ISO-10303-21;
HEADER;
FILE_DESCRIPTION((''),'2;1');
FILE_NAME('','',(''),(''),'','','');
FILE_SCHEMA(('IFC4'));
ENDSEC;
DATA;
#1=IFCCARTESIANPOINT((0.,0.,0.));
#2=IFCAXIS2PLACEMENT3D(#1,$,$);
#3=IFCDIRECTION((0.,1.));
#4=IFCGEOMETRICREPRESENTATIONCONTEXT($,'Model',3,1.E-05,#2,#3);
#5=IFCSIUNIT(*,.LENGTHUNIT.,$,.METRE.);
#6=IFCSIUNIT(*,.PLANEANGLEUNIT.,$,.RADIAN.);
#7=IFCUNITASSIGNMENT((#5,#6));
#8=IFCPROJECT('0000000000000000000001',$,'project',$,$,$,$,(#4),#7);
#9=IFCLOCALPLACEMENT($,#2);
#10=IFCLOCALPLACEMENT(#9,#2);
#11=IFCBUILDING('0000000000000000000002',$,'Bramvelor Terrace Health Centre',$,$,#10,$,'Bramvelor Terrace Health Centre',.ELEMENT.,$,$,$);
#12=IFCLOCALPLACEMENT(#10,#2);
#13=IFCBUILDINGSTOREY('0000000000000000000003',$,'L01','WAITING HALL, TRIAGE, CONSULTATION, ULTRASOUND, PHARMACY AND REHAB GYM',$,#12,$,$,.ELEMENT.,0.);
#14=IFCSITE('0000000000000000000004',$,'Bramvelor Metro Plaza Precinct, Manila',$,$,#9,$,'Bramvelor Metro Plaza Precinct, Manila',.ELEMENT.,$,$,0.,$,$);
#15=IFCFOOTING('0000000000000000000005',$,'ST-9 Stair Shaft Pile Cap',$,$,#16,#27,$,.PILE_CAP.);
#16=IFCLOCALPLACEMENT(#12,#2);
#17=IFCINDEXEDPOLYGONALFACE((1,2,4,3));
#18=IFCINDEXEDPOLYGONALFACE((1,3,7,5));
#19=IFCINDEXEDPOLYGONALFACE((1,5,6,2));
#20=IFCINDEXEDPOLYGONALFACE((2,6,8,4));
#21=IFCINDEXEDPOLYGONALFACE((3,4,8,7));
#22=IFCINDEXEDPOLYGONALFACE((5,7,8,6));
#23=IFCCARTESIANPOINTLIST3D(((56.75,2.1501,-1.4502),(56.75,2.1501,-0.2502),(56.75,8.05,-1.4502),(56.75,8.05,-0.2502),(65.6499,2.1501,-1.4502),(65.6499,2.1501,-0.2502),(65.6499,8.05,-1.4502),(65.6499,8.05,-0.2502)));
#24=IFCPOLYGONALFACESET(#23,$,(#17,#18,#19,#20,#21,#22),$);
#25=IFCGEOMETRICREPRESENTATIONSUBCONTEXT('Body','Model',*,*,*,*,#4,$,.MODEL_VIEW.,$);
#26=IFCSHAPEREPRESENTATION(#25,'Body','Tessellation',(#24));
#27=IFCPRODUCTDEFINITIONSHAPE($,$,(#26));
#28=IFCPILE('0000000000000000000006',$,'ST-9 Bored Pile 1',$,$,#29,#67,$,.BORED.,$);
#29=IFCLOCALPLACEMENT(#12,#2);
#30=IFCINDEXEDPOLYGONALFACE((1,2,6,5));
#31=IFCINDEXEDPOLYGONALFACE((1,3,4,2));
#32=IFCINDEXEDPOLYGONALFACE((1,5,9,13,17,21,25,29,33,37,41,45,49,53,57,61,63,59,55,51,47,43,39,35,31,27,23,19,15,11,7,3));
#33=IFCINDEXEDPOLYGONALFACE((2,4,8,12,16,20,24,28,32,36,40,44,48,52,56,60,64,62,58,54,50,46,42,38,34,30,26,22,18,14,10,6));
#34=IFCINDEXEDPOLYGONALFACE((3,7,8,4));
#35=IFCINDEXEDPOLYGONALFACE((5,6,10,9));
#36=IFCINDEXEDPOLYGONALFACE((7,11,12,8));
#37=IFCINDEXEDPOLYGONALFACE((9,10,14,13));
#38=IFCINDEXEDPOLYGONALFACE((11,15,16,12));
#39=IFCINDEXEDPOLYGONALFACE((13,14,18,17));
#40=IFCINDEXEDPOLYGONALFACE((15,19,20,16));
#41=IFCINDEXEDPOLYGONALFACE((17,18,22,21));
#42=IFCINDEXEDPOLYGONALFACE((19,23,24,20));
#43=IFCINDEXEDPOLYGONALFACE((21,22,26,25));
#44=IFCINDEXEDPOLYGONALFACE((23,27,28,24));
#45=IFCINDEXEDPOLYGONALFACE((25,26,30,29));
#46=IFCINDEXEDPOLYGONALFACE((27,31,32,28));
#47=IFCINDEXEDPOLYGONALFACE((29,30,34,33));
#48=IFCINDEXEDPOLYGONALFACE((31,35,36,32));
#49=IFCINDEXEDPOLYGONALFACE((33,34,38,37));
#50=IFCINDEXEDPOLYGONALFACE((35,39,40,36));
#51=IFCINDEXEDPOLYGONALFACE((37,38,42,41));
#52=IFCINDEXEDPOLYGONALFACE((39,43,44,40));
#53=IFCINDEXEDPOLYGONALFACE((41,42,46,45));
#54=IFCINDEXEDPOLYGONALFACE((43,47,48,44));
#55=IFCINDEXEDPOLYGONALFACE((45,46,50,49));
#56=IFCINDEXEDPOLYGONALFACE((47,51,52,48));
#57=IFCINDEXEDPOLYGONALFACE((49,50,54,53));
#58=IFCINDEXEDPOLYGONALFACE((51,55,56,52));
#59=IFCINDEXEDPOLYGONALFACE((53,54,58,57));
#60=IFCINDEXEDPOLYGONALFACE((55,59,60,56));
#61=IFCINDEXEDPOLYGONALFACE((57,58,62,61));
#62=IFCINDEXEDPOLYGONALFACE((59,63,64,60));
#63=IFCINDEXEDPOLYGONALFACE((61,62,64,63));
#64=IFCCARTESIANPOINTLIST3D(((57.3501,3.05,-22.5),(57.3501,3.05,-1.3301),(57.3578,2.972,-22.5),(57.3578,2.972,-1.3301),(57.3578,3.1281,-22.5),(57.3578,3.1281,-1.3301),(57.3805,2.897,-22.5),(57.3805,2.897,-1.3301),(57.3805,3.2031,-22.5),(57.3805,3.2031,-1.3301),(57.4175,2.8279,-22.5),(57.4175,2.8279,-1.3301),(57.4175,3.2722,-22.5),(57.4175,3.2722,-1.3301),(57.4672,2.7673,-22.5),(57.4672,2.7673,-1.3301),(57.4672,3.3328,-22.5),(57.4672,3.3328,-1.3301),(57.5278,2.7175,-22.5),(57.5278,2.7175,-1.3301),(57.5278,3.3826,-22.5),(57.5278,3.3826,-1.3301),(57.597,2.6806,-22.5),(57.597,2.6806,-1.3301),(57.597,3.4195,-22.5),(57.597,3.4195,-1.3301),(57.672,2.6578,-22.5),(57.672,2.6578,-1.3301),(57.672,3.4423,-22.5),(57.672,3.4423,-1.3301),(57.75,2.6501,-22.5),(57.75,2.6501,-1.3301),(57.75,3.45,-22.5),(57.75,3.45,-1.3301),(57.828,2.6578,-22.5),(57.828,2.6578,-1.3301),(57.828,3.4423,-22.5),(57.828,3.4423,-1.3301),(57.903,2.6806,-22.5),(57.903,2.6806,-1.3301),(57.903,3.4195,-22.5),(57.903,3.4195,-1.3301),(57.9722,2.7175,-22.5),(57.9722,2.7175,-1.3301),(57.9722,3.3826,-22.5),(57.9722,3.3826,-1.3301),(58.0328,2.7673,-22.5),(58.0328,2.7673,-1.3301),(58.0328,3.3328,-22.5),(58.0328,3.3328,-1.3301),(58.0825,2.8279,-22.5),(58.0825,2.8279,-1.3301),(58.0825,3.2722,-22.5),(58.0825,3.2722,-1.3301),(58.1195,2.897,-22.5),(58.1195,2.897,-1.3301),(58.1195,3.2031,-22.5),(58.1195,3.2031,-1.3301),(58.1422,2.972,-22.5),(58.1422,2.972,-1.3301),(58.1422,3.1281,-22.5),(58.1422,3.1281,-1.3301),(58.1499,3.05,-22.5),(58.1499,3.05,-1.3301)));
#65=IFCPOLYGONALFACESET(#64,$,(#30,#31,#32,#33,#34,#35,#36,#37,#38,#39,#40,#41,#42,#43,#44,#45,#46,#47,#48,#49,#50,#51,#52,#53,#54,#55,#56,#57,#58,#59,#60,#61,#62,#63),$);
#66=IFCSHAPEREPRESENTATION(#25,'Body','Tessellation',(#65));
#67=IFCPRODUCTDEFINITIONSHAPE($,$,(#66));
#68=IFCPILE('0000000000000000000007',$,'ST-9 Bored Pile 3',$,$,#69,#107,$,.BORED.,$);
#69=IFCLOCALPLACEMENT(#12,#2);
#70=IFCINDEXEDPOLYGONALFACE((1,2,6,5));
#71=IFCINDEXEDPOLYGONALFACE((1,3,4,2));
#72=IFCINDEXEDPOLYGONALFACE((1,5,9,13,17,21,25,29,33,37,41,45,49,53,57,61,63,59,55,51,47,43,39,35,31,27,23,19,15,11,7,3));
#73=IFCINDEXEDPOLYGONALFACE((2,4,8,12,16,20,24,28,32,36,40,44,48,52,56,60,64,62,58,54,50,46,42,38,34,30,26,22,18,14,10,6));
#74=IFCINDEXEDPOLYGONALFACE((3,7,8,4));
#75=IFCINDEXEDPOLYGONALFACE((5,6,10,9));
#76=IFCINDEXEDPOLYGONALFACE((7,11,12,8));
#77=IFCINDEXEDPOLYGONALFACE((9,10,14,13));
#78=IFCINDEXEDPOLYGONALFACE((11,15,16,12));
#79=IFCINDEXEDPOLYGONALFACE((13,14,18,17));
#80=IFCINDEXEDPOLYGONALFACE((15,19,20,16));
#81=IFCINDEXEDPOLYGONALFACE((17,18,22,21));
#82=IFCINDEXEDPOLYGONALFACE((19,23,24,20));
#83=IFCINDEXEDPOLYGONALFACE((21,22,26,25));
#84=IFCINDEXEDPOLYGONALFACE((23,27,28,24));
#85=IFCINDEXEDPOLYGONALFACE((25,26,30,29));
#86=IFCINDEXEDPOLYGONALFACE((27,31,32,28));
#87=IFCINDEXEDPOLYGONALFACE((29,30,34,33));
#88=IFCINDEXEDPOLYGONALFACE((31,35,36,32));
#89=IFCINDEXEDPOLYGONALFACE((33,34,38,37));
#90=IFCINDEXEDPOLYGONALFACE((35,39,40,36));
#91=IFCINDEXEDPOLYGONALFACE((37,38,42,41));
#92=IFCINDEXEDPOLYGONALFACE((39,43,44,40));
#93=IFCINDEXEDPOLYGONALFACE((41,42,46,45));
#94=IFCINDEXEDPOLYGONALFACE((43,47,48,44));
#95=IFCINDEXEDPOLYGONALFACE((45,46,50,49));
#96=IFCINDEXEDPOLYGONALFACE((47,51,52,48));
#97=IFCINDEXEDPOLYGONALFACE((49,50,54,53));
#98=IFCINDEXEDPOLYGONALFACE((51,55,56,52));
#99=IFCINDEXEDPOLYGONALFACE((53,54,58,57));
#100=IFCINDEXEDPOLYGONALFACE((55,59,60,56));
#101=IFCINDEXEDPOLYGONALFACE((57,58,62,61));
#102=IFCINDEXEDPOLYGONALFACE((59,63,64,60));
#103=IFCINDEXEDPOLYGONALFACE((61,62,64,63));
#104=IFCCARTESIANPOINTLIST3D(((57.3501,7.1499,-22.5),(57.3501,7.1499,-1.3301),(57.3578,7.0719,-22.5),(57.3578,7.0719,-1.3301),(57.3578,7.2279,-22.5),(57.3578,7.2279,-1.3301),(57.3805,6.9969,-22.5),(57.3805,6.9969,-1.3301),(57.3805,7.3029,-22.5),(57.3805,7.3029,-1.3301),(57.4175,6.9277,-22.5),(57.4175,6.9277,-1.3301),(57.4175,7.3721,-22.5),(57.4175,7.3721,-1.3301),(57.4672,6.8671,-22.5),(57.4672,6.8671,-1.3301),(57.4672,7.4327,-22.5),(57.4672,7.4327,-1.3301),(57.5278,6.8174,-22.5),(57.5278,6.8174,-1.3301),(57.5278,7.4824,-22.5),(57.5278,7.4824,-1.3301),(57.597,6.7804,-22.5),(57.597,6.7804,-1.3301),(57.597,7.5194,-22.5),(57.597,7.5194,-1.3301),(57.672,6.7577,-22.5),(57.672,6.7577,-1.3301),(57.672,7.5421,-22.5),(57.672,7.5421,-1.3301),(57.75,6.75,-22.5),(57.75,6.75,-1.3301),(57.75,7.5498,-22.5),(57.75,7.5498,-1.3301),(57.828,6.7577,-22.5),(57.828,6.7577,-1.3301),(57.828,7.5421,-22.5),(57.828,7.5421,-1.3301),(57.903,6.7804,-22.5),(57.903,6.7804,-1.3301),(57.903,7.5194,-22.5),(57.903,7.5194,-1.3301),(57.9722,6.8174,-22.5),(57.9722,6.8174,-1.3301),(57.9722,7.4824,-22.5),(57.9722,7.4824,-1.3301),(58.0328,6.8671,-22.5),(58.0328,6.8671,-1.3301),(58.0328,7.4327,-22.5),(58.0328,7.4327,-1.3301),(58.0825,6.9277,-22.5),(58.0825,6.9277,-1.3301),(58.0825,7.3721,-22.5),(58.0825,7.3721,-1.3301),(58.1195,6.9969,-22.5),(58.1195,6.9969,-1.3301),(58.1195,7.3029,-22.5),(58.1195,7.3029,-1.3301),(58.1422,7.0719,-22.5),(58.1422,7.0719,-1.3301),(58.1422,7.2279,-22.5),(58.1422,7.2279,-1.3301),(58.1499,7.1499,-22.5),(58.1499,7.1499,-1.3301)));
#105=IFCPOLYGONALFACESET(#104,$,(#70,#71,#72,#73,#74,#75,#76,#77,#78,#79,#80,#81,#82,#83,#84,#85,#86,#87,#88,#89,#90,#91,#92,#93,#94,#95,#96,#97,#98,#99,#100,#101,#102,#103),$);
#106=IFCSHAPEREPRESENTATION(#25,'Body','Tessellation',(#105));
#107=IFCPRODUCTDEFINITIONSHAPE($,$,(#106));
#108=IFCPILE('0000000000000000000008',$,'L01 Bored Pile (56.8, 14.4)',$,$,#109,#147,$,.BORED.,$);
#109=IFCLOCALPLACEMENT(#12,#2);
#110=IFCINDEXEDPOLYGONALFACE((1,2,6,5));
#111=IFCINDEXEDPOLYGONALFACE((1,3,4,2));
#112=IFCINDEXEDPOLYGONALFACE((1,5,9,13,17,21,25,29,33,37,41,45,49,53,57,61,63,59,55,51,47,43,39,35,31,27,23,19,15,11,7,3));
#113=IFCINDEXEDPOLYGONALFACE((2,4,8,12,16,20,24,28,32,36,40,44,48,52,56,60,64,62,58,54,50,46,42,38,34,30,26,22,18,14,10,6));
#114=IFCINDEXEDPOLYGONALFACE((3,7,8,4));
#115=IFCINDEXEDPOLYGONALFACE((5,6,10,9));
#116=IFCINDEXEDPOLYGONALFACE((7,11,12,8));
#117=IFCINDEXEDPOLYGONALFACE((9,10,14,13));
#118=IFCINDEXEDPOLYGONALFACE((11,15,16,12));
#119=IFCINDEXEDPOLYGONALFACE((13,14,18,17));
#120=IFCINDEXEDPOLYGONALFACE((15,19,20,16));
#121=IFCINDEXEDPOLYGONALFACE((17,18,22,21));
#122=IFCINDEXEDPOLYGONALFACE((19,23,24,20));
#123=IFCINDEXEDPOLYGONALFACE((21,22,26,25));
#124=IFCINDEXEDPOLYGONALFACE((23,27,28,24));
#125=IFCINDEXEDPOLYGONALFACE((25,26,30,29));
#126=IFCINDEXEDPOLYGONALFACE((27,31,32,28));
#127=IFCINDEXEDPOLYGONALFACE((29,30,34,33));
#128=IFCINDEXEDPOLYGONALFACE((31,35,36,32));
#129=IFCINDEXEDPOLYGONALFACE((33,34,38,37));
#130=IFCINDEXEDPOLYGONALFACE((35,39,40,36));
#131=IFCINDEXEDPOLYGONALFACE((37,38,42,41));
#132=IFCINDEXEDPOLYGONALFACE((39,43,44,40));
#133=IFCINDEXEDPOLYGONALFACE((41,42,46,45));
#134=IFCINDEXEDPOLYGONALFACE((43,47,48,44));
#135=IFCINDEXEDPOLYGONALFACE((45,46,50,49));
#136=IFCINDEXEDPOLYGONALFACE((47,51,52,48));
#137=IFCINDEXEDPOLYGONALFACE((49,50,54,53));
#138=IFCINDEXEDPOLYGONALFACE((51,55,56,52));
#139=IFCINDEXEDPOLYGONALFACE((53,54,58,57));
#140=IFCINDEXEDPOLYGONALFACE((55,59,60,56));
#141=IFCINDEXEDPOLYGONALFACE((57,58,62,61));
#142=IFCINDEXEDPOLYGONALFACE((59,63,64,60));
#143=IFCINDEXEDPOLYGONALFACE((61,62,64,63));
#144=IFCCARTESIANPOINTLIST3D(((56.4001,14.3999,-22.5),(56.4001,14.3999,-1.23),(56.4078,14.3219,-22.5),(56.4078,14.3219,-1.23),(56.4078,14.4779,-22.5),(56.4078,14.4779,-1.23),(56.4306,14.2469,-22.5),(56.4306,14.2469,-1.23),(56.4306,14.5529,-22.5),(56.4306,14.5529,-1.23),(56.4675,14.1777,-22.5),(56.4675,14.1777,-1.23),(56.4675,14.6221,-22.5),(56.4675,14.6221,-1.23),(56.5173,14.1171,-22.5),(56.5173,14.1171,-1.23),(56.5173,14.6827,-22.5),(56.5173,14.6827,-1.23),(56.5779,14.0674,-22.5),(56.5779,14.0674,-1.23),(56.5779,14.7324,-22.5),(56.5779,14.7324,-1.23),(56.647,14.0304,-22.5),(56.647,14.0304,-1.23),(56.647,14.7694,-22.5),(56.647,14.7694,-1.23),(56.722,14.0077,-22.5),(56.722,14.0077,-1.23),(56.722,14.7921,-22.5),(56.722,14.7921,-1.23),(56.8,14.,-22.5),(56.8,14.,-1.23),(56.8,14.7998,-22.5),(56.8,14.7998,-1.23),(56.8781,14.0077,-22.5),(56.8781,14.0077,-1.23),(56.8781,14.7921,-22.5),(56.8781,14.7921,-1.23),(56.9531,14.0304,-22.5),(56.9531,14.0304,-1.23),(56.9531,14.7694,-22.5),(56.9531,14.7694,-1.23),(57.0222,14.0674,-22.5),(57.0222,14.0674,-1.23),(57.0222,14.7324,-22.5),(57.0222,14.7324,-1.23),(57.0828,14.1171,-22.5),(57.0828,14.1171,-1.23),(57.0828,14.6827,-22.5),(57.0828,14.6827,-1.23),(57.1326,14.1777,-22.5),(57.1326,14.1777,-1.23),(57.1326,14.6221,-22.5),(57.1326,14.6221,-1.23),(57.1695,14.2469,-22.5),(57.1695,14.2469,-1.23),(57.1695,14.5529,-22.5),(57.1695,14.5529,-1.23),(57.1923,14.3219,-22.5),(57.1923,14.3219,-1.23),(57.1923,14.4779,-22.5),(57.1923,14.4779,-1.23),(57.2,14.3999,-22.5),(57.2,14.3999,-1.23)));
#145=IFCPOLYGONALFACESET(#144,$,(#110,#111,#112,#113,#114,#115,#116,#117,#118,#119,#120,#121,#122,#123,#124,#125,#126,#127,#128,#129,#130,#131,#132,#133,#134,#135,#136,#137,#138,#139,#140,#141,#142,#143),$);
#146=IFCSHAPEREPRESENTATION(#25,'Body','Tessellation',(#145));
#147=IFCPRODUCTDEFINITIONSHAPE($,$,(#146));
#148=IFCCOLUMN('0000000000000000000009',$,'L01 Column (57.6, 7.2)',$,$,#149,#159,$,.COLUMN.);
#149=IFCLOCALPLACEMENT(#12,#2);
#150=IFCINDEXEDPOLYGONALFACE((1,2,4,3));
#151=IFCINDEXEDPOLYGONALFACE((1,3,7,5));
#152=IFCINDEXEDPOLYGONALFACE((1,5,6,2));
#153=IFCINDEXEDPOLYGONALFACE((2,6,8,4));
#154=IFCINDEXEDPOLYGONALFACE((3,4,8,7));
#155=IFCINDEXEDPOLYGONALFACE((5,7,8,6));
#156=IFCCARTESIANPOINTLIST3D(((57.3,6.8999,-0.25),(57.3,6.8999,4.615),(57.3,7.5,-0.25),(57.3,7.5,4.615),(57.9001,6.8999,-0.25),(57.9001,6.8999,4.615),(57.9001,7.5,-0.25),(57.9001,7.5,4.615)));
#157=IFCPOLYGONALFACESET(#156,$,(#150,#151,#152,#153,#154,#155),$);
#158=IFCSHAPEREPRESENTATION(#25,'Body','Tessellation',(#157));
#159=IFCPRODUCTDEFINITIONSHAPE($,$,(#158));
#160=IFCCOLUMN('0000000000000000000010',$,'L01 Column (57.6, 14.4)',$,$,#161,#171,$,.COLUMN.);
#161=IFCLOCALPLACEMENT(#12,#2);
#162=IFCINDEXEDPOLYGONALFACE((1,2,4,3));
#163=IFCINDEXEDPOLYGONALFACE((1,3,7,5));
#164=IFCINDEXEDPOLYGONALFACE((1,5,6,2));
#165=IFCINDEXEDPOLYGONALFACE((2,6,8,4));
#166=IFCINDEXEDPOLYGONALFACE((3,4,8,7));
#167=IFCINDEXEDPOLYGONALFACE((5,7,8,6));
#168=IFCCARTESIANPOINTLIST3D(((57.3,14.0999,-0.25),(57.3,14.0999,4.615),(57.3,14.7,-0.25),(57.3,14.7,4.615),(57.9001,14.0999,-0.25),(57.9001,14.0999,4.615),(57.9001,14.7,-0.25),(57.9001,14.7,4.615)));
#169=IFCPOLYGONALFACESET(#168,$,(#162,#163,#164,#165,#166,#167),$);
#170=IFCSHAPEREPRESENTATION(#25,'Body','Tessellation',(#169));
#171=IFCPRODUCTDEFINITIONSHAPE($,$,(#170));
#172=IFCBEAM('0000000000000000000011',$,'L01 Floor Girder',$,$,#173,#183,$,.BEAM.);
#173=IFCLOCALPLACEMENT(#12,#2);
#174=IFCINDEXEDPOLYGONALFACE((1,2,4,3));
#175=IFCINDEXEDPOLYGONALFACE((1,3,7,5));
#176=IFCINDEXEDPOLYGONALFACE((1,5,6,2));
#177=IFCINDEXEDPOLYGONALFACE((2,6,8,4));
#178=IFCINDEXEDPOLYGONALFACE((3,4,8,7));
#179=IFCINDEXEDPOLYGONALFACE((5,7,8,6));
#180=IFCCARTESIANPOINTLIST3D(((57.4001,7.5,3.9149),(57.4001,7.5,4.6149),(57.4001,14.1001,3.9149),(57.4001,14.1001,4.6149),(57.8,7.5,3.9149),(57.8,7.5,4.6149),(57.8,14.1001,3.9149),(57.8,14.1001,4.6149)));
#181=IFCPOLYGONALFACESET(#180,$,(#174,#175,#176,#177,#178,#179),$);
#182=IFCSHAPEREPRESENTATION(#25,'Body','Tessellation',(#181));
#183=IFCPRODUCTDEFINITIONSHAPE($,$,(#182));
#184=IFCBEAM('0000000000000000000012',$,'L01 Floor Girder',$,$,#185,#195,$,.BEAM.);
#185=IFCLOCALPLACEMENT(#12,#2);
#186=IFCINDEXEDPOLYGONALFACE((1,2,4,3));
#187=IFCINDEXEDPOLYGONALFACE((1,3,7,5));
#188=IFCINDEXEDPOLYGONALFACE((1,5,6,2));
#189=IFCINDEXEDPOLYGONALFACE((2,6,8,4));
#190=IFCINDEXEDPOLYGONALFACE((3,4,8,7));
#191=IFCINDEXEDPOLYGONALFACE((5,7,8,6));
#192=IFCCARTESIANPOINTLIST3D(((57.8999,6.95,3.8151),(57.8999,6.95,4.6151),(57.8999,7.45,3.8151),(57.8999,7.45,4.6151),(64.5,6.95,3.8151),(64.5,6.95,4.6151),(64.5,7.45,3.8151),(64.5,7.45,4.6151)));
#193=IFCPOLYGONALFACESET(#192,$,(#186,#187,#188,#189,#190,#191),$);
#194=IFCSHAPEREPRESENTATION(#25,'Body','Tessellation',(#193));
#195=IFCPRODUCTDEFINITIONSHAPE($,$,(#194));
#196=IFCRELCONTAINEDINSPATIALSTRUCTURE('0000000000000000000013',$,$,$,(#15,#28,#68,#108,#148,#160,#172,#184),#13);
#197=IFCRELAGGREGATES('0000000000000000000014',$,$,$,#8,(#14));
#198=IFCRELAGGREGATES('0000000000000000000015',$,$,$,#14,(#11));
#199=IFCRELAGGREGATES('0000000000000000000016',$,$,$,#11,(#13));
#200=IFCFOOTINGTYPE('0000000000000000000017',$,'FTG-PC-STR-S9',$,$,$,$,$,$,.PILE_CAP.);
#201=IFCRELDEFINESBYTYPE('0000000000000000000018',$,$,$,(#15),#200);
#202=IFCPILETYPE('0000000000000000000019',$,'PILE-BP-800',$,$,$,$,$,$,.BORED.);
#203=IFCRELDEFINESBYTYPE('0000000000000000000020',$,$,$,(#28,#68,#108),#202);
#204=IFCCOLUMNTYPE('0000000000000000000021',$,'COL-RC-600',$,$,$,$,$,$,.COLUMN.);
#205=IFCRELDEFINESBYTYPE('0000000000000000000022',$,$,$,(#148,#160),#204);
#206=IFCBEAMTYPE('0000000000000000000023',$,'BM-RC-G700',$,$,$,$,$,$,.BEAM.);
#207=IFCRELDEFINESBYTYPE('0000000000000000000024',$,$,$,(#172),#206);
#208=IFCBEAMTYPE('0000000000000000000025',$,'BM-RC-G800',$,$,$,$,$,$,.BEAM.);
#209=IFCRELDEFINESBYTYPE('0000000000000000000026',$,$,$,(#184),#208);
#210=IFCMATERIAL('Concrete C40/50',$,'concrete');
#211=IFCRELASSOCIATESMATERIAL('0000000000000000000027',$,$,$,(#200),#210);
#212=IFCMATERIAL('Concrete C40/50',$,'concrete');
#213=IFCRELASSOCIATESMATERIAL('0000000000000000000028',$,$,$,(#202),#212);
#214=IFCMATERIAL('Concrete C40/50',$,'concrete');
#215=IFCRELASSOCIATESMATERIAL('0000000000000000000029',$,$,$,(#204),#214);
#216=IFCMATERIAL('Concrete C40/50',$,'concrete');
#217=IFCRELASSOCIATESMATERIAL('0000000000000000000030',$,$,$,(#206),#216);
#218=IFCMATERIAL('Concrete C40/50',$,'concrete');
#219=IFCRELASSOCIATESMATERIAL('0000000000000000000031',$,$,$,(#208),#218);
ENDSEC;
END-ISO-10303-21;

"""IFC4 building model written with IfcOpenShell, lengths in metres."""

from ifc_helpers import new_model, si_unit, direction, frame, origin, origin_2d, place, context, subcontext, project, spatial, rectangle, circle, extrude, material, material_profile, profile_set, type_object, element, save


model = new_model("IFC4")

# Units and contexts
model_context = context("Model", 3, precision=1e-05, world=origin(), true_north=direction((0.0, 1.0)))
body_context = subcontext(model_context, "Body", "Model", "MODEL_VIEW")
ifc_project = project(units=[si_unit("LENGTHUNIT", "METRE"), si_unit("PLANEANGLEUNIT", "RADIAN")], contexts=[model_context])

# Site, building, storey
site_placement = place(None, origin())
site = spatial("IfcSite", under=ifc_project, at=site_placement, Name="Bramvelor Metro Plaza Precinct, Manila", LongName="Bramvelor Metro Plaza Precinct, Manila", CompositionType="ELEMENT", RefElevation=0.0)
building_placement = place(site_placement, origin())
building = spatial("IfcBuilding", under=site, at=building_placement, Name="Bramvelor Terrace Health Centre", LongName="Bramvelor Terrace Health Centre", CompositionType="ELEMENT")
storey_placement = place(building_placement, origin())
storey = spatial("IfcBuildingStorey", under=building, at=storey_placement, Name="L01", Description="WAITING HALL, TRIAGE, CONSULTATION, ULTRASOUND, PHARMACY AND REHAB GYM", CompositionType="ELEMENT", Elevation=0.0)

# Footing
ifc_material_1 = material(Name="Concrete C40/50", Category="concrete")
footing_type = type_object("IfcFootingType", Name="FTG-PC-STR-S9", PredefinedType="PILE_CAP", material=ifc_material_1)
footing_placement = place(storey_placement, frame((61.2, 5.1001, -1.4502), z_axis=(0.0, 0.0, 1.0), x_axis=(1.0, 0.0, 0.0)))
element("IfcFooting", 1, at=footing_placement, inside=storey, type_object=footing_type, Name="ST-9 Stair Shaft Pile Cap", PredefinedType="PILE_CAP", context=body_context, shape_type="SweptSolid", body=[
    extrude(rectangle(XDim=8.8999, YDim=5.8999, at=origin_2d()), origin(), (0.0, 0.0, 1.0), 1.2),
])

# Piles
ifc_material_2 = material(Name="Concrete C40/50", Category="concrete")
ifc_material_profile_1 = material_profile(ifc_material_2, circle(Radius=0.3999, at=origin_2d()), Name="BP D800")
ifc_profile_set_1 = profile_set([ifc_material_profile_1], Name="Concrete C40/50")
pile_type = type_object("IfcPileType", Name="PILE-BP-800", PredefinedType="BORED", material=ifc_profile_set_1)
for number, where, z_axis, x_axis, name in (
    (2, (57.75, 3.05, -1.3301), (0.0, 0.0, -1.0), (1.0, 0.0, 0.0), "ST-9 Bored Pile 1"),
    (3, (57.75, 7.1499, -1.3301), (0.0, 0.0, -1.0), (1.0, 0.0, 0.0), "ST-9 Bored Pile 3"),
):
    element("IfcPile", number, at=place(storey_placement, frame(where, z_axis=z_axis, x_axis=x_axis)), inside=storey, type_object=pile_type, Name=name, PredefinedType="BORED", context=body_context, shape_type="SweptSolid", body=[
        extrude(circle(Radius=0.3999, at=origin_2d()), origin(), (0.0, 0.0, 1.0), 21.1699),
    ])
pile_placement = place(storey_placement, frame((56.8, 14.3999, -1.23), z_axis=(0.0, 0.0, -1.0), x_axis=(1.0, 0.0, 0.0)))
element("IfcPile", 4, at=pile_placement, inside=storey, type_object=pile_type, Name="L01 Bored Pile (56.8, 14.4)", PredefinedType="BORED", context=body_context, shape_type="SweptSolid", body=[
    extrude(circle(Radius=0.3999, at=origin_2d()), origin(), (0.0, 0.0, 1.0), 21.27),
])

# Columns
ifc_material_3 = material(Name="Concrete C40/50", Category="concrete")
ifc_material_profile_2 = material_profile(ifc_material_3, rectangle(XDim=0.6001, YDim=0.6001, at=origin_2d()), Name="RC 600x600")
ifc_profile_set_2 = profile_set([ifc_material_profile_2], Name="Concrete C40/50")
column_type = type_object("IfcColumnType", Name="COL-RC-600", PredefinedType="COLUMN", material=ifc_profile_set_2)
for number, where, z_axis, x_axis, name in (
    (5, (57.6001, 7.2, -0.25), (0.0, 0.0, 1.0), (1.0, 0.0, 0.0), "L01 Column (57.6, 7.2)"),
    (6, (57.6001, 14.3999, -0.25), (0.0, 0.0, 1.0), (1.0, 0.0, 0.0), "L01 Column (57.6, 14.4)"),
):
    element("IfcColumn", number, at=place(storey_placement, frame(where, z_axis=z_axis, x_axis=x_axis)), inside=storey, type_object=column_type, Name=name, PredefinedType="COLUMN", context=body_context, shape_type="SweptSolid", body=[
        extrude(rectangle(XDim=0.6001, YDim=0.6001, at=origin_2d()), origin(), (0.0, 0.0, 1.0), 4.865),
    ])

# Beams
ifc_material_4 = material(Name="Concrete C40/50", Category="concrete")
ifc_material_profile_3 = material_profile(ifc_material_4, rectangle(XDim=0.3999, YDim=0.7, at=origin_2d()), Name="RC 400x700")
ifc_profile_set_3 = profile_set([ifc_material_profile_3], Name="Concrete C40/50")
beam_type_1 = type_object("IfcBeamType", Name="BM-RC-G700", PredefinedType="BEAM", material=ifc_profile_set_3)
beam_1_placement = place(storey_placement, frame((57.6001, 7.5, 4.2649), z_axis=(0.0, 1.0, 0.0), x_axis=(-1.0, 0.0, 0.0)))
element("IfcBeam", 7, at=beam_1_placement, inside=storey, type_object=beam_type_1, Name="L01 Floor Girder", PredefinedType="BEAM", context=body_context, shape_type="SweptSolid", body=[
    extrude(rectangle(XDim=0.3999, YDim=0.7, at=origin_2d()), origin(), (0.0, 0.0, 1.0), 6.6001),
])
ifc_material_5 = material(Name="Concrete C40/50", Category="concrete")
ifc_material_profile_4 = material_profile(ifc_material_5, rectangle(XDim=0.5, YDim=0.8, at=origin_2d()), Name="RC 500x800")
ifc_profile_set_4 = profile_set([ifc_material_profile_4], Name="Concrete C40/50")
beam_type_2 = type_object("IfcBeamType", Name="BM-RC-G800", PredefinedType="BEAM", material=ifc_profile_set_4)
beam_2_placement = place(storey_placement, frame((57.8999, 7.2, 4.2151), z_axis=(1.0, 0.0, 0.0), x_axis=(0.0, 1.0, 0.0)))
element("IfcBeam", 8, at=beam_2_placement, inside=storey, type_object=beam_type_2, Name="L01 Floor Girder", PredefinedType="BEAM", context=body_context, shape_type="SweptSolid", body=[
    extrude(rectangle(XDim=0.5, YDim=0.8, at=origin_2d()), origin(), (0.0, 0.0, 1.0), 6.6001),
])

save(model, "model.ifc")
